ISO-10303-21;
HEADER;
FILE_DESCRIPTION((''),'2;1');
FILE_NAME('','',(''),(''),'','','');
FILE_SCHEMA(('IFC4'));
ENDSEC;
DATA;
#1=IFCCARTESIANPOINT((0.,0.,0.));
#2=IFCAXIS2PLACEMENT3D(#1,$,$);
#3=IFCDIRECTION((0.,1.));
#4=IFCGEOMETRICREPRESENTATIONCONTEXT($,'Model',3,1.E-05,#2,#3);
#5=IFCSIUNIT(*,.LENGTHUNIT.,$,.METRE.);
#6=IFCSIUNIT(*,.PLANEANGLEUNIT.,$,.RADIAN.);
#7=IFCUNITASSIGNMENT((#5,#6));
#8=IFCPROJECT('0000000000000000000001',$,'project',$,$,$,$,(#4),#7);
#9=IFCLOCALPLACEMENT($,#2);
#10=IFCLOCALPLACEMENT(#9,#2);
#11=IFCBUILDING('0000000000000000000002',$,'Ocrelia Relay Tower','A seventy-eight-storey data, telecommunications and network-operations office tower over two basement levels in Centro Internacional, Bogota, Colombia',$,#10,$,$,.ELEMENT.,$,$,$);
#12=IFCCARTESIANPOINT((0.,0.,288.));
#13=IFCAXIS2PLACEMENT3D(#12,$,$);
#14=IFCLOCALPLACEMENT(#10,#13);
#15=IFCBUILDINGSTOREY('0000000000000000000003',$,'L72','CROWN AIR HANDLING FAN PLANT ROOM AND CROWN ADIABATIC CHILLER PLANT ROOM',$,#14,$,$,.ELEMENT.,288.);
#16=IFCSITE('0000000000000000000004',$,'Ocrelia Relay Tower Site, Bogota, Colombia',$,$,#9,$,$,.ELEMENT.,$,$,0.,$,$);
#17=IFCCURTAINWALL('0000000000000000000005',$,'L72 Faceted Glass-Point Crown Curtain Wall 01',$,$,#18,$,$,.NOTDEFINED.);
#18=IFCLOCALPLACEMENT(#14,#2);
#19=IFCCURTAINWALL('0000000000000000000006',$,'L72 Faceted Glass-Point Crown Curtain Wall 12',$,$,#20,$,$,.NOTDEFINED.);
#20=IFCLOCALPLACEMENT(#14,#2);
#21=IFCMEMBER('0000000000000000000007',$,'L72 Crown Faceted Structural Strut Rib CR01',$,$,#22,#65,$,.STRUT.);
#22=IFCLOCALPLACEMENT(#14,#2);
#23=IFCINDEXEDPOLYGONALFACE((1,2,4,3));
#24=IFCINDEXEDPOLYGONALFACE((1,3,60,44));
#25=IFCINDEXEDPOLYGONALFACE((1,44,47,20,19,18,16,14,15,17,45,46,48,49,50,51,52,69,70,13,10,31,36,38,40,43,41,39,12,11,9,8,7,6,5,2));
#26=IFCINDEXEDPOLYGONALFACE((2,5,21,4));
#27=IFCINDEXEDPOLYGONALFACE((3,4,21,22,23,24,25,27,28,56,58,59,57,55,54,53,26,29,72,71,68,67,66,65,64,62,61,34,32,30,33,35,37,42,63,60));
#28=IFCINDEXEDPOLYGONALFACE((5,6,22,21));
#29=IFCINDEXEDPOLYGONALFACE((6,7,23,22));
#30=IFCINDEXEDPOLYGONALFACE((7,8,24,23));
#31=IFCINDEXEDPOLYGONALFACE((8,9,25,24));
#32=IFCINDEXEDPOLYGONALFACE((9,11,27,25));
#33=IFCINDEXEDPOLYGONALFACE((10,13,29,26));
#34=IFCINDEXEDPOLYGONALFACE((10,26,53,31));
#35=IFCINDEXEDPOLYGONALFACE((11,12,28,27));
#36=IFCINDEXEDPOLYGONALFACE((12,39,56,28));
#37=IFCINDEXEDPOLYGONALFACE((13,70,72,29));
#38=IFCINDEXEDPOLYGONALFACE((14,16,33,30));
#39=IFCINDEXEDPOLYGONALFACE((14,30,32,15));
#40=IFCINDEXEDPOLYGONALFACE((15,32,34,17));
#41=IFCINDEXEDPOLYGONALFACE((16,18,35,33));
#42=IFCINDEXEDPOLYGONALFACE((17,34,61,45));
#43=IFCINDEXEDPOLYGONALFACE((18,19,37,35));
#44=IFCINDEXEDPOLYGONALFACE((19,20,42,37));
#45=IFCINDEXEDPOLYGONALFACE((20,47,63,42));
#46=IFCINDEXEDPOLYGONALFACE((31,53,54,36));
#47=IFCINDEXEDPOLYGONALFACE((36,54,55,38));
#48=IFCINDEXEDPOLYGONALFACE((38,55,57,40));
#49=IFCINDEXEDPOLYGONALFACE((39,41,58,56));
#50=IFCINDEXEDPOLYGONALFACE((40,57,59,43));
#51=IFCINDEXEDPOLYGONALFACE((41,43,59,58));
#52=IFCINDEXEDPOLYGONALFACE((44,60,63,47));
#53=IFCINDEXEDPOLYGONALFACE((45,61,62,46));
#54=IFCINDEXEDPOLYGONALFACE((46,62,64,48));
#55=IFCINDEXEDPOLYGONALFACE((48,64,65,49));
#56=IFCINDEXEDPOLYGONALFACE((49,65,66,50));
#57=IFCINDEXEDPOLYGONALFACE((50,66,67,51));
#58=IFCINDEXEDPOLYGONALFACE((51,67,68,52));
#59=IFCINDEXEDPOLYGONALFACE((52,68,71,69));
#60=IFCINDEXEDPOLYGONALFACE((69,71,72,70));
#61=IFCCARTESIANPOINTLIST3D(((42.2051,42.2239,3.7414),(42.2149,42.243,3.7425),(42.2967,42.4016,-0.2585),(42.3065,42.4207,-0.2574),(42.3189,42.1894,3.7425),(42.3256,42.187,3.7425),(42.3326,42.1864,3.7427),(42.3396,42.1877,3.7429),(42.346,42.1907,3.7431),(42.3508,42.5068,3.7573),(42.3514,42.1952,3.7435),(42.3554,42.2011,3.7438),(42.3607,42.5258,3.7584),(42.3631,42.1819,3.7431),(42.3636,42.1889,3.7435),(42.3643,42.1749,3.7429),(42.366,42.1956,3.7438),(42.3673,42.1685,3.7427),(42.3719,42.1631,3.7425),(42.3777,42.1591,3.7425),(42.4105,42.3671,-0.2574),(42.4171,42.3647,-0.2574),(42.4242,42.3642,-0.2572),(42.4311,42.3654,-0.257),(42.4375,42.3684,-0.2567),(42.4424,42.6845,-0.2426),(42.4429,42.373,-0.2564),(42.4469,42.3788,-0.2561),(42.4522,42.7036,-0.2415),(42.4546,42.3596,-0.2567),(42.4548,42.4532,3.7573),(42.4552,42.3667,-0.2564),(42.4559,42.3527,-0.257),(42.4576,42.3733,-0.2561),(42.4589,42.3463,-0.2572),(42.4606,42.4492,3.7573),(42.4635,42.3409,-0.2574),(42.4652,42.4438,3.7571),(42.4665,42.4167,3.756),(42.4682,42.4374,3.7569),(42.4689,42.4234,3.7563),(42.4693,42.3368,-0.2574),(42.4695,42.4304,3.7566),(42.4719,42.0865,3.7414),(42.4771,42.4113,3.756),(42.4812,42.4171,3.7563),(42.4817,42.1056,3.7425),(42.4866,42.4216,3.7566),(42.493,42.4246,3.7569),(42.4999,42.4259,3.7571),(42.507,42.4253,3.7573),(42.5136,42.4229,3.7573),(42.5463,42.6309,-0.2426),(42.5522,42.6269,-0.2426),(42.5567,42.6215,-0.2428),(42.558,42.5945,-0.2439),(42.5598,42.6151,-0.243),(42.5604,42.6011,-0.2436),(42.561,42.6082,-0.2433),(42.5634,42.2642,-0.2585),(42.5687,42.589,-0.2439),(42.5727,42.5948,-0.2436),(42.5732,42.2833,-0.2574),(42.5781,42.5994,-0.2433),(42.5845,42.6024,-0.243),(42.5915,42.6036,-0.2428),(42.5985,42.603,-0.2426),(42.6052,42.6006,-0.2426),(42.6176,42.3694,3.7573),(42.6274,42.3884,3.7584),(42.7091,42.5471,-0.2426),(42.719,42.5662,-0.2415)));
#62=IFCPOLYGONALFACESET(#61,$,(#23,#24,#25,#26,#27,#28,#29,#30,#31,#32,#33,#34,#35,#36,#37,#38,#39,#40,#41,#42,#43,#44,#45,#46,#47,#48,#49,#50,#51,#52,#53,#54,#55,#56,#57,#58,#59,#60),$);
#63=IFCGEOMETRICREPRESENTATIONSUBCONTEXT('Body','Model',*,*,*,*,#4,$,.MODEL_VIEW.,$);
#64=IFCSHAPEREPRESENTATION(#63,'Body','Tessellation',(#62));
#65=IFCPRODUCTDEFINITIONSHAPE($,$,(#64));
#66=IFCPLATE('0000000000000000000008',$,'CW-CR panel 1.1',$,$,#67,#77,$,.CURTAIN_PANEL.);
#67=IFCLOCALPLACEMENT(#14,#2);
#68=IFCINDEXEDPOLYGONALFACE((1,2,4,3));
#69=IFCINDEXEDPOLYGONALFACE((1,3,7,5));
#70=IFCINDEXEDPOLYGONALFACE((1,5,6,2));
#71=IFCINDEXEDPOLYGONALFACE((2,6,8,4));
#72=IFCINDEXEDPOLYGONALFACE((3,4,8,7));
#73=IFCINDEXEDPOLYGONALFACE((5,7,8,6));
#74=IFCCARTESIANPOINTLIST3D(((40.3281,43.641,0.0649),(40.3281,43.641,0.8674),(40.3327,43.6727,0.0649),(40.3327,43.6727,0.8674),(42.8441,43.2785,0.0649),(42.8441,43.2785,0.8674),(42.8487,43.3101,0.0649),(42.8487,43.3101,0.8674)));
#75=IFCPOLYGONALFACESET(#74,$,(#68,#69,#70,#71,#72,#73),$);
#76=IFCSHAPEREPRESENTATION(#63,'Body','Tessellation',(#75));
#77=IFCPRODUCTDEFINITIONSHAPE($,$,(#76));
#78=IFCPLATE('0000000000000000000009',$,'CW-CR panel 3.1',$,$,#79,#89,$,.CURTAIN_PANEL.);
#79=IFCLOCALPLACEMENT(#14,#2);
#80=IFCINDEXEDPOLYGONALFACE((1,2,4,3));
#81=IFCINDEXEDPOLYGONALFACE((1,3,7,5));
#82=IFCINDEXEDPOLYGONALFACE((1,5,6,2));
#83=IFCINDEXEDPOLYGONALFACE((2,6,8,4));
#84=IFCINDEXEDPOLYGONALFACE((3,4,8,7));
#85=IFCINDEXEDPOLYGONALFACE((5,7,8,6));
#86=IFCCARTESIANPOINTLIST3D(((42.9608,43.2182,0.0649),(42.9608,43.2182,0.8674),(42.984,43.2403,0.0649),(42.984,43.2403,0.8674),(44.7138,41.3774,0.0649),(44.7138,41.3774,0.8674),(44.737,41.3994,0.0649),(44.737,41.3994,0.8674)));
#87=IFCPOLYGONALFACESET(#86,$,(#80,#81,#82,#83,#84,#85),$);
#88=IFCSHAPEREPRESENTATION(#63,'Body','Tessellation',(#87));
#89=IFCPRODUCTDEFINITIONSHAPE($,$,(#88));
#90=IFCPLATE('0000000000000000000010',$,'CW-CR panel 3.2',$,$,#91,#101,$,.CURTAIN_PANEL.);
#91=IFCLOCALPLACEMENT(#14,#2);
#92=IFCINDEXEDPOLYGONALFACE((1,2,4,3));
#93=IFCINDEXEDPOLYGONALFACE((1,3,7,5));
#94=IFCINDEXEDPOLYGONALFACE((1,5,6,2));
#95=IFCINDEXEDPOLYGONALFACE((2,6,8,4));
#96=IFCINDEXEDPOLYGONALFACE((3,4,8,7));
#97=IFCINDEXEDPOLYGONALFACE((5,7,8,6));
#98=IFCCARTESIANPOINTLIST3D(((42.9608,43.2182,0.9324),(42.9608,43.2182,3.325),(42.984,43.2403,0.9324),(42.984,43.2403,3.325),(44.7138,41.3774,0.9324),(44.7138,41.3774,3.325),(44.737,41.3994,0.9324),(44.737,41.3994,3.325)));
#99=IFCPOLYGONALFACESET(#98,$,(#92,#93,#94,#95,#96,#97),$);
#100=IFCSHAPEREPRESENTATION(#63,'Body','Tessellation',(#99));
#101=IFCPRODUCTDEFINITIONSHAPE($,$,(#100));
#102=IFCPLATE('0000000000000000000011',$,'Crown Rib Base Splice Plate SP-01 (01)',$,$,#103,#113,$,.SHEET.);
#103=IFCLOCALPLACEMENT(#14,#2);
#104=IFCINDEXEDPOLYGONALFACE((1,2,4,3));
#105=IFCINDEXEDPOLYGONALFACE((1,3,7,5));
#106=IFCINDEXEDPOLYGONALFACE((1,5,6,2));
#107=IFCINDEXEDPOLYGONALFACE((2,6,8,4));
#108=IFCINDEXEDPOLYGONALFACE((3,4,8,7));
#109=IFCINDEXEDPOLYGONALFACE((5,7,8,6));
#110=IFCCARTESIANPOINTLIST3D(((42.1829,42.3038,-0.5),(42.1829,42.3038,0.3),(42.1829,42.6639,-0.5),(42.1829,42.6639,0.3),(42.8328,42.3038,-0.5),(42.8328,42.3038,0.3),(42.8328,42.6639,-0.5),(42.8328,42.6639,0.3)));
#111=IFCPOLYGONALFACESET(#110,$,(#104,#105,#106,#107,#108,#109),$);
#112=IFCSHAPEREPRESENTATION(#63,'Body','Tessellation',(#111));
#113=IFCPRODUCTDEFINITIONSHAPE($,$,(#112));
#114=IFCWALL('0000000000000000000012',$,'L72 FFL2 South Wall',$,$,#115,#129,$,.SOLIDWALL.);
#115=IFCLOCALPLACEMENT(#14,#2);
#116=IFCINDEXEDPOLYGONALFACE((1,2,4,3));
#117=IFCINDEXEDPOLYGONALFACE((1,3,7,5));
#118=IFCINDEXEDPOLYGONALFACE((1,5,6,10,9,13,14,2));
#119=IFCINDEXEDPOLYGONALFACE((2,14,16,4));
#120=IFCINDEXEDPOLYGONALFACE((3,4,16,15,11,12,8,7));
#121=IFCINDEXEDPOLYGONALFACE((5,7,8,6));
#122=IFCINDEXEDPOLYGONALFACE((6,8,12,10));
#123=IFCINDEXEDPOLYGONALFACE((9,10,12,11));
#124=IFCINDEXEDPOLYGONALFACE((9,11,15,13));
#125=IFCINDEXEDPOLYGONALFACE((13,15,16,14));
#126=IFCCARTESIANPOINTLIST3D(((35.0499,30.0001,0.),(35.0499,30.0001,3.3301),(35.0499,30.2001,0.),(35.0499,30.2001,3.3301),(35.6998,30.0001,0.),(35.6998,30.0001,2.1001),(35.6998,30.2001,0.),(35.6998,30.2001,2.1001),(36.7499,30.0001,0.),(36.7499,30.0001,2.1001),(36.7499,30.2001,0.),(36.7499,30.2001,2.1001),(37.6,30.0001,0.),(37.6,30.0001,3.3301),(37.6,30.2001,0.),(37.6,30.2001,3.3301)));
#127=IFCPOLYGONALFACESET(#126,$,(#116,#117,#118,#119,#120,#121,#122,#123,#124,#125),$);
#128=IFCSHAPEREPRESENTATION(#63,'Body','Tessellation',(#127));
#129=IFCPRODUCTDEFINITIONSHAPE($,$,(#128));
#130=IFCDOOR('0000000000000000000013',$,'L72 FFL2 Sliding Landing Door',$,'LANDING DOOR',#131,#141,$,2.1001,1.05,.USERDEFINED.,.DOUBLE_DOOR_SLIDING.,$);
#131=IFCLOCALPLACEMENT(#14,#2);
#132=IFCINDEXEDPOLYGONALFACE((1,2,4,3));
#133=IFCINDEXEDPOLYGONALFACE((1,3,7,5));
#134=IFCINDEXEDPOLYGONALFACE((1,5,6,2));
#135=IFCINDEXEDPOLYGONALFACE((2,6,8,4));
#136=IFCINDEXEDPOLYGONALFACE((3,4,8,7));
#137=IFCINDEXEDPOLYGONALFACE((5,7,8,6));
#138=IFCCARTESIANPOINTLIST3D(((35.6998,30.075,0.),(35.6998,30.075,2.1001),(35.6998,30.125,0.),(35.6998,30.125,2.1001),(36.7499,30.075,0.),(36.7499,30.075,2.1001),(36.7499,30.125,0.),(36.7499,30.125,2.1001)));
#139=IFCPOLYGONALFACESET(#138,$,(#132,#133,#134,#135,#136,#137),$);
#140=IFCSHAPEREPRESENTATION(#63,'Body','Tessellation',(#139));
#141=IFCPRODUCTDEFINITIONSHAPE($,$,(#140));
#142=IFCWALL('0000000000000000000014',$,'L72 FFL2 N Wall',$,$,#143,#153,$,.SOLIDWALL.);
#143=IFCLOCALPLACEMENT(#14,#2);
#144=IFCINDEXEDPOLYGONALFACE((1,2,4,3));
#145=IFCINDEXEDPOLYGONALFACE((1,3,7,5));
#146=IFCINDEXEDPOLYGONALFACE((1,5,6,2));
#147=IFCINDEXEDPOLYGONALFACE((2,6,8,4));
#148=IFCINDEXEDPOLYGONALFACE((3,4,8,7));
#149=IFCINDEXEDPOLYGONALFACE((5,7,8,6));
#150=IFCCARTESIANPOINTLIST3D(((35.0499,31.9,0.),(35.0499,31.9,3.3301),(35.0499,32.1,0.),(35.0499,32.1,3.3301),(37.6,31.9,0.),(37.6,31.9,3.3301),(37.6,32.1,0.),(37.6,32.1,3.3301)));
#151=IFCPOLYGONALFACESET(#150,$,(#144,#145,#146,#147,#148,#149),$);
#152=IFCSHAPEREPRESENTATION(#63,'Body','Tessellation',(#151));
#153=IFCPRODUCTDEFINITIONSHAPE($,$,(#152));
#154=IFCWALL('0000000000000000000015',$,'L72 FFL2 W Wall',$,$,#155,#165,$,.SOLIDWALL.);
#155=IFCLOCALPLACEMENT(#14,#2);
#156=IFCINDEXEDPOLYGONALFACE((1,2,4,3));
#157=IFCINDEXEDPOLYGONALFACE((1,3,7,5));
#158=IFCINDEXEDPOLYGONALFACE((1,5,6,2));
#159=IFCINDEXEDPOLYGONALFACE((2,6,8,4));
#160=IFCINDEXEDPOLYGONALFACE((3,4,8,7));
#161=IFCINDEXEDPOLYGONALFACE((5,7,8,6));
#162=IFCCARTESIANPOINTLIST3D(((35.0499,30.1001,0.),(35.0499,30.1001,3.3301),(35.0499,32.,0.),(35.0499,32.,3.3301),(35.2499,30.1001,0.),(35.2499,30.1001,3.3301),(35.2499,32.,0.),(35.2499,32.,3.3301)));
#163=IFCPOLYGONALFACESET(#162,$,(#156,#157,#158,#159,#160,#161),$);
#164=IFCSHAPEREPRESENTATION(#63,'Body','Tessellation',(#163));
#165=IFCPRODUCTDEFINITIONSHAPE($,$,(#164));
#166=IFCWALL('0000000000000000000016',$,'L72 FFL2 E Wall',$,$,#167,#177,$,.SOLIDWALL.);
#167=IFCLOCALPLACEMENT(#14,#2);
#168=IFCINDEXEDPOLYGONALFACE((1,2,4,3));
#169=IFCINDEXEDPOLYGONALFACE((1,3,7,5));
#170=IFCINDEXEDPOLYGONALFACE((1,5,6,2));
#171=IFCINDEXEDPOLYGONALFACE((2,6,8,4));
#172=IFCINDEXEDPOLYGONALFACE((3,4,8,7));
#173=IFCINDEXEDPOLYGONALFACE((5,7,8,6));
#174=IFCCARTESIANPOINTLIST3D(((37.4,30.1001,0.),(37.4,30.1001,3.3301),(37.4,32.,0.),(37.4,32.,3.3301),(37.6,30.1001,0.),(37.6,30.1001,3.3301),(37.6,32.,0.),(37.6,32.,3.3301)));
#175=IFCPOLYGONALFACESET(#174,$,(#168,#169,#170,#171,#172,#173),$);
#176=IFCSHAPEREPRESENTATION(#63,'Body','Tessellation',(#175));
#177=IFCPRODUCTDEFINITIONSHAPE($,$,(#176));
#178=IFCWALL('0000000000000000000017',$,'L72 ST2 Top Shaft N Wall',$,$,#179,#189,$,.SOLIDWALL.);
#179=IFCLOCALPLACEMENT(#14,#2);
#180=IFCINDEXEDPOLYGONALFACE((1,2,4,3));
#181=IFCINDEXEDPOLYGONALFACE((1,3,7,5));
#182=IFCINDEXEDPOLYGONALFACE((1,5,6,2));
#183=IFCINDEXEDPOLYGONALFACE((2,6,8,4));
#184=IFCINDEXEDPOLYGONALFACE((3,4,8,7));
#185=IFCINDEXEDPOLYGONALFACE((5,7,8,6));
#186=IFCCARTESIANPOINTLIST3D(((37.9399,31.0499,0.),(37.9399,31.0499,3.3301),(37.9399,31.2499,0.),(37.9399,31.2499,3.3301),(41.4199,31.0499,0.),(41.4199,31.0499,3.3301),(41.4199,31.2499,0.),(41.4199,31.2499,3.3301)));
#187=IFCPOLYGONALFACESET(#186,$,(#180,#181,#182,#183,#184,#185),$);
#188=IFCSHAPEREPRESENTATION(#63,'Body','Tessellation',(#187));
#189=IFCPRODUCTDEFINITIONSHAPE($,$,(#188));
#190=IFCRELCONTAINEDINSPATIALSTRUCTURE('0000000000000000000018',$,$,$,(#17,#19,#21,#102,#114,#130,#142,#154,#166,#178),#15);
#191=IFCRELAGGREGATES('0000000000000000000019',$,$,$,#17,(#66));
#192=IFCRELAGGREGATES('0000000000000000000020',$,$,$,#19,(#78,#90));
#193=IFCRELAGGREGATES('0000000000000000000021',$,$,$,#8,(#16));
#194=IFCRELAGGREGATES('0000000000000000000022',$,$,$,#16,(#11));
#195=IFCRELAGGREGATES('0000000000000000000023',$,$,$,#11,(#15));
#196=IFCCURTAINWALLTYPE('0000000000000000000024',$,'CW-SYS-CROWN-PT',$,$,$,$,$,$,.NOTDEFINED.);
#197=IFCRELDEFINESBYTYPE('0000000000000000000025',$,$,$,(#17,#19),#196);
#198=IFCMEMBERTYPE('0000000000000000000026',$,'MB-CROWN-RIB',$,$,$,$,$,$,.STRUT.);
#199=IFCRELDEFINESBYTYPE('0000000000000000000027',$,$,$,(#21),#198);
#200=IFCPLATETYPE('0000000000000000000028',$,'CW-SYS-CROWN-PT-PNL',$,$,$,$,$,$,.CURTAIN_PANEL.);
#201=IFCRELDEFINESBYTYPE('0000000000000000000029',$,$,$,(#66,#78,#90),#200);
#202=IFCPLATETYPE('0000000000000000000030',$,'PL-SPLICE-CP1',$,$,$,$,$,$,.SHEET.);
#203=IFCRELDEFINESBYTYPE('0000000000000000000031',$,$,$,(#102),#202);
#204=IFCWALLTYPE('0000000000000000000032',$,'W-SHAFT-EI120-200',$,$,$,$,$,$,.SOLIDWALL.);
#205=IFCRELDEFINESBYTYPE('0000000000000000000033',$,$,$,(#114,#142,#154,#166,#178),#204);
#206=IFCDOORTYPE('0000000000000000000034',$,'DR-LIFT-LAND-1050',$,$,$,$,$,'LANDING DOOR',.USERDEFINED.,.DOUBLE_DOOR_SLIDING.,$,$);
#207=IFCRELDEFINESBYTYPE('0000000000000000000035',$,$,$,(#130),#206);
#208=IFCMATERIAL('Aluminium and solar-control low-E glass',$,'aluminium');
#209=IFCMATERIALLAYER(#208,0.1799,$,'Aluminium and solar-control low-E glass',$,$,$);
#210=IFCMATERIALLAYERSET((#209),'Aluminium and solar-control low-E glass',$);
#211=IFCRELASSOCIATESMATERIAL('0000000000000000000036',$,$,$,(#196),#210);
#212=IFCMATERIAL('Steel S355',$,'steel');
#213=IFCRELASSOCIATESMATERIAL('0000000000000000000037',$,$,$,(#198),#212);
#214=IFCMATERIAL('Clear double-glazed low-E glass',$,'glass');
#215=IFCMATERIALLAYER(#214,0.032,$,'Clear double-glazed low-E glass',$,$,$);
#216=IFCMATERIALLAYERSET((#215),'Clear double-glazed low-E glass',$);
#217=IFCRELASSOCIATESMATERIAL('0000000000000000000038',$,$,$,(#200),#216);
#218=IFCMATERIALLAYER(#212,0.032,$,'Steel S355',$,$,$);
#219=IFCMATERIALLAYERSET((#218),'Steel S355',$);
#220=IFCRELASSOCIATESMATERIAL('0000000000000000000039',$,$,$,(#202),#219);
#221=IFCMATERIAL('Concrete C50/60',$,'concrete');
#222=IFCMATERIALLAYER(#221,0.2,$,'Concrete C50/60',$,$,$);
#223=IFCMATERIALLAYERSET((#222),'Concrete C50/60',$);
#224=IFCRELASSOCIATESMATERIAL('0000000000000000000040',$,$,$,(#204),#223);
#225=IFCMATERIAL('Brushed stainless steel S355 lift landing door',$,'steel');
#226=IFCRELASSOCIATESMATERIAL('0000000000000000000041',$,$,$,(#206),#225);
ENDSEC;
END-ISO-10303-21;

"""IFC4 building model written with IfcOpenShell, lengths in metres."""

from ifc_helpers import new_model, si_unit, direction, frame, frame_2d, origin, origin_2d, place, context, subcontext, project, spatial, rectangle, i_section, extrude, material, layer, layer_set, material_profile, profile_set, type_object, element, fill, aggregate, save


model = new_model("IFC4")

# Units and contexts
model_context = context("Model", 3, precision=1e-05, world=origin(), true_north=direction((0.0, 1.0)))
body_context = subcontext(model_context, "Body", "Model", "MODEL_VIEW")
ifc_project = project(units=[si_unit("LENGTHUNIT", "METRE"), si_unit("PLANEANGLEUNIT", "RADIAN")], contexts=[model_context])

# Site, building, storey
site_placement = place(None, origin())
site = spatial("IfcSite", under=ifc_project, at=site_placement, Name="Ocrelia Relay Tower Site, Bogota, Colombia", CompositionType="ELEMENT", RefElevation=0.0)
building_placement = place(site_placement, origin())
building = spatial("IfcBuilding", under=site, at=building_placement, Name="Ocrelia Relay Tower", Description="A seventy-eight-storey data, telecommunications and network-operations office tower over two basement levels in Centro Internacional, Bogota, Colombia", CompositionType="ELEMENT")
storey_placement = place(building_placement, frame((0.0, 0.0, 288.0)))
storey = spatial("IfcBuildingStorey", under=building, at=storey_placement, Name="L72", Description="CROWN AIR HANDLING FAN PLANT ROOM AND CROWN ADIABATIC CHILLER PLANT ROOM", CompositionType="ELEMENT", Elevation=288.0)

# Shared definitions
ifc_material_1 = material(Name="Steel S355", Category="steel")

# Curtain walls
ifc_material_2 = material(Name="Aluminium and solar-control low-E glass", Category="aluminium")
ifc_layer_1 = layer(ifc_material_2, 0.1799, Name="Aluminium and solar-control low-E glass")
ifc_layer_set_1 = layer_set([ifc_layer_1], Name="Aluminium and solar-control low-E glass")
curtain_wall_type = type_object("IfcCurtainWallType", Name="CW-SYS-CROWN-PT", PredefinedType="NOTDEFINED", material=ifc_layer_set_1)
curtain_wall_1_placement = place(storey_placement, origin())
curtain_wall_1 = element("IfcCurtainWall", 1, at=curtain_wall_1_placement, inside=storey, type_object=curtain_wall_type, Name="L72 Faceted Glass-Point Crown Curtain Wall 01", PredefinedType="NOTDEFINED")
curtain_wall_2_placement = place(storey_placement, origin())
curtain_wall_2 = element("IfcCurtainWall", 2, at=curtain_wall_2_placement, inside=storey, type_object=curtain_wall_type, Name="L72 Faceted Glass-Point Crown Curtain Wall 12", PredefinedType="NOTDEFINED")

# Member
ifc_material_profile_1 = material_profile(ifc_material_1, i_section(OverallWidth=0.3, OverallDepth=0.3401, WebThickness=0.012, FlangeThickness=0.0215, FilletRadius=0.0271, at=origin_2d()), Name="HEB 340")
ifc_profile_set_1 = profile_set([ifc_material_profile_1], Name="Steel S355")
member_type_1 = type_object("IfcMemberType", Name="MB-CROWN-RIB", PredefinedType="STRUT", material=ifc_profile_set_1)
member_1_placement = place(storey_placement, frame((42.5078, 42.4839, -0.25), z_axis=(-0.02286, -0.044378, 0.998753), x_axis=(0.88899, -0.457927, 0.0)))
element("IfcMember", 3, at=member_1_placement, inside=storey, type_object=member_type_1, Name="L72 Crown Faceted Structural Strut Rib CR01", PredefinedType="STRUT", context=body_context, shape_type="SweptSolid", body=[
    extrude(i_section(OverallWidth=0.3, OverallDepth=0.3401, WebThickness=0.012, FlangeThickness=0.0215, FilletRadius=0.0271, at=origin_2d()), origin(), (0.0, 0.0, 1.0), 4.0049),
])

# Plates
ifc_material_3 = material(Name="Clear double-glazed low-E glass", Category="glass")
ifc_layer_2 = layer(ifc_material_3, 0.032, Name="Clear double-glazed low-E glass")
ifc_layer_set_2 = layer_set([ifc_layer_2], Name="Clear double-glazed low-E glass")
plate_type_1 = type_object("IfcPlateType", Name="CW-SYS-CROWN-PT-PNL", PredefinedType="CURTAIN_PANEL", material=ifc_layer_set_2)
plate_1_placement = place(storey_placement, frame((41.5884, 43.4756, 0.0649), z_axis=(0.0, 0.0, 1.0), x_axis=(-0.989776, 0.142627, 0.0)))
plate_1 = element("IfcPlate", 4, at=plate_1_placement, type_object=plate_type_1, Name="CW-CR panel 1.1", PredefinedType="CURTAIN_PANEL", context=body_context, shape_type="SweptSolid", body=[
    extrude(rectangle(XDim=2.542, YDim=0.032, at=origin_2d()), origin(), (0.0, 0.0, 1.0), 0.8025),
])
aggregate(curtain_wall_1, [plate_1])
plate_2_placement = place(storey_placement, frame((43.8489, 42.3088, 0.0649), z_axis=(0.0, 0.0, 1.0), x_axis=(-0.689617, 0.724175, 0.0)))
plate_2 = element("IfcPlate", 5, at=plate_2_placement, type_object=plate_type_1, Name="CW-CR panel 3.1", PredefinedType="CURTAIN_PANEL", context=body_context, shape_type="SweptSolid", body=[
    extrude(rectangle(XDim=2.542, YDim=0.032, at=origin_2d()), origin(), (0.0, 0.0, 1.0), 0.8025),
])
plate_3_placement = place(storey_placement, frame((43.8489, 42.3088, 0.9324), z_axis=(0.0, 0.0, 1.0), x_axis=(-0.689617, 0.724175, 0.0)))
plate_3 = element("IfcPlate", 6, at=plate_3_placement, type_object=plate_type_1, Name="CW-CR panel 3.2", PredefinedType="CURTAIN_PANEL", context=body_context, shape_type="SweptSolid", body=[
    extrude(rectangle(XDim=2.542, YDim=0.032, at=origin_2d()), origin(), (0.0, 0.0, 1.0), 2.3926),
])
aggregate(curtain_wall_2, [plate_2, plate_3])
ifc_layer_3 = layer(ifc_material_1, 0.032, Name="Steel S355")
ifc_layer_set_3 = layer_set([ifc_layer_3], Name="Steel S355")
plate_type_2 = type_object("IfcPlateType", Name="PL-SPLICE-CP1", PredefinedType="SHEET", material=ifc_layer_set_3)
plate_4_placement = place(storey_placement, frame((42.5078, 42.4839, -0.5), z_axis=(0.0, 0.0, 1.0), x_axis=(1.0, 0.0, 0.0)))
element("IfcPlate", 7, at=plate_4_placement, inside=storey, type_object=plate_type_2, Name="Crown Rib Base Splice Plate SP-01 (01)", PredefinedType="SHEET", context=body_context, shape_type="SweptSolid", body=[
    extrude(rectangle(XDim=0.6499, YDim=0.3601, at=origin_2d()), origin(), (0.0, 0.0, 1.0), 0.8),
])

# Wall, opening, door
ifc_material_4 = material(Name="Concrete C50/60", Category="concrete")
ifc_layer_4 = layer(ifc_material_4, 0.2, Name="Concrete C50/60")
ifc_layer_set_4 = layer_set([ifc_layer_4], Name="Concrete C50/60")
wall_type = type_object("IfcWallType", Name="W-SHAFT-EI120-200", PredefinedType="SOLIDWALL", material=ifc_layer_set_4)
wall_1_placement = place(storey_placement, frame((35.05, 30.1001, 0.0), z_axis=(0.0, 0.0, 1.0), x_axis=(1.0, 0.0, 0.0)))
wall_1 = element("IfcWall", 8, at=wall_1_placement, inside=storey, type_object=wall_type, Name="L72 FFL2 South Wall", PredefinedType="SOLIDWALL", context=body_context, shape_type="SweptSolid", body=[
    extrude(rectangle(XDim=2.55, YDim=0.2, at=frame_2d((1.2749, 0.0))), origin(), (0.0, 0.0, 1.0), 3.3301),
])
opening_placement = place(wall_1_placement, frame((0.6499, 0.0, 0.0)))
opening = element("IfcOpeningElement", 9, at=opening_placement, cuts=wall_1, PredefinedType="OPENING", context=body_context, shape_type="SweptSolid", body=[
    extrude(rectangle(XDim=1.05, YDim=2.1001, at=frame_2d((0.5249, 1.05))), frame((0.0, 0.1099, 0.0), z_axis=(0.0, -1.0, 0.0), x_axis=(1.0, 0.0, 0.0)), (0.0, 0.0, 1.0), 0.22),
])
ifc_material_5 = material(Name="Brushed stainless steel S355 lift landing door", Category="steel")
door_type = type_object("IfcDoorType", Name="DR-LIFT-LAND-1050", ElementType="LANDING DOOR", OperationType="DOUBLE_DOOR_SLIDING", PredefinedType="USERDEFINED", material=ifc_material_5)
door_placement = place(opening_placement, origin())
door = element("IfcDoor", 10, at=door_placement, inside=storey, type_object=door_type, Name="L72 FFL2 Sliding Landing Door", ObjectType="LANDING DOOR", OperationType="DOUBLE_DOOR_SLIDING", OverallHeight=2.1001, OverallWidth=1.05, PredefinedType="USERDEFINED", context=body_context, shape_type="SweptSolid", body=[
    extrude(rectangle(XDim=1.05, YDim=2.1001, at=frame_2d((0.5249, 1.05))), frame((0.0, 0.0249, 0.0), z_axis=(0.0, -1.0, 0.0), x_axis=(1.0, 0.0, 0.0)), (0.0, 0.0, 1.0), 0.05),
])
fill(opening, door)

# Walls
wall_2_placement = place(storey_placement, frame((35.05, 32.0, 0.0), z_axis=(0.0, 0.0, 1.0), x_axis=(1.0, 0.0, 0.0)))
element("IfcWall", 11, at=wall_2_placement, inside=storey, type_object=wall_type, Name="L72 FFL2 N Wall", PredefinedType="SOLIDWALL", context=body_context, shape_type="SweptSolid", body=[
    extrude(rectangle(XDim=2.55, YDim=0.2, at=frame_2d((1.2749, 0.0))), origin(), (0.0, 0.0, 1.0), 3.3301),
])
for number, where, z_axis, x_axis, name in (
    (12, (35.1499, 30.1001, 0.0), (0.0, 0.0, 1.0), (0.0, 1.0, 0.0), "L72 FFL2 W Wall"),
    (13, (37.5, 30.1001, 0.0), (0.0, 0.0, 1.0), (0.0, 1.0, 0.0), "L72 FFL2 E Wall"),
):
    element("IfcWall", number, at=place(storey_placement, frame(where, z_axis=z_axis, x_axis=x_axis)), inside=storey, type_object=wall_type, Name=name, PredefinedType="SOLIDWALL", context=body_context, shape_type="SweptSolid", body=[
        extrude(rectangle(XDim=1.8999, YDim=0.2, at=frame_2d((0.95, 0.0))), origin(), (0.0, 0.0, 1.0), 3.3301),
    ])
wall_3_placement = place(storey_placement, frame((37.9399, 31.1499, 0.0), z_axis=(0.0, 0.0, 1.0), x_axis=(1.0, 0.0, 0.0)))
element("IfcWall", 14, at=wall_3_placement, inside=storey, type_object=wall_type, Name="L72 ST2 Top Shaft N Wall", PredefinedType="SOLIDWALL", context=body_context, shape_type="SweptSolid", body=[
    extrude(rectangle(XDim=3.48, YDim=0.2, at=frame_2d((1.74, 0.0))), origin(), (0.0, 0.0, 1.0), 3.3301),
])

save(model, "model.ifc")
